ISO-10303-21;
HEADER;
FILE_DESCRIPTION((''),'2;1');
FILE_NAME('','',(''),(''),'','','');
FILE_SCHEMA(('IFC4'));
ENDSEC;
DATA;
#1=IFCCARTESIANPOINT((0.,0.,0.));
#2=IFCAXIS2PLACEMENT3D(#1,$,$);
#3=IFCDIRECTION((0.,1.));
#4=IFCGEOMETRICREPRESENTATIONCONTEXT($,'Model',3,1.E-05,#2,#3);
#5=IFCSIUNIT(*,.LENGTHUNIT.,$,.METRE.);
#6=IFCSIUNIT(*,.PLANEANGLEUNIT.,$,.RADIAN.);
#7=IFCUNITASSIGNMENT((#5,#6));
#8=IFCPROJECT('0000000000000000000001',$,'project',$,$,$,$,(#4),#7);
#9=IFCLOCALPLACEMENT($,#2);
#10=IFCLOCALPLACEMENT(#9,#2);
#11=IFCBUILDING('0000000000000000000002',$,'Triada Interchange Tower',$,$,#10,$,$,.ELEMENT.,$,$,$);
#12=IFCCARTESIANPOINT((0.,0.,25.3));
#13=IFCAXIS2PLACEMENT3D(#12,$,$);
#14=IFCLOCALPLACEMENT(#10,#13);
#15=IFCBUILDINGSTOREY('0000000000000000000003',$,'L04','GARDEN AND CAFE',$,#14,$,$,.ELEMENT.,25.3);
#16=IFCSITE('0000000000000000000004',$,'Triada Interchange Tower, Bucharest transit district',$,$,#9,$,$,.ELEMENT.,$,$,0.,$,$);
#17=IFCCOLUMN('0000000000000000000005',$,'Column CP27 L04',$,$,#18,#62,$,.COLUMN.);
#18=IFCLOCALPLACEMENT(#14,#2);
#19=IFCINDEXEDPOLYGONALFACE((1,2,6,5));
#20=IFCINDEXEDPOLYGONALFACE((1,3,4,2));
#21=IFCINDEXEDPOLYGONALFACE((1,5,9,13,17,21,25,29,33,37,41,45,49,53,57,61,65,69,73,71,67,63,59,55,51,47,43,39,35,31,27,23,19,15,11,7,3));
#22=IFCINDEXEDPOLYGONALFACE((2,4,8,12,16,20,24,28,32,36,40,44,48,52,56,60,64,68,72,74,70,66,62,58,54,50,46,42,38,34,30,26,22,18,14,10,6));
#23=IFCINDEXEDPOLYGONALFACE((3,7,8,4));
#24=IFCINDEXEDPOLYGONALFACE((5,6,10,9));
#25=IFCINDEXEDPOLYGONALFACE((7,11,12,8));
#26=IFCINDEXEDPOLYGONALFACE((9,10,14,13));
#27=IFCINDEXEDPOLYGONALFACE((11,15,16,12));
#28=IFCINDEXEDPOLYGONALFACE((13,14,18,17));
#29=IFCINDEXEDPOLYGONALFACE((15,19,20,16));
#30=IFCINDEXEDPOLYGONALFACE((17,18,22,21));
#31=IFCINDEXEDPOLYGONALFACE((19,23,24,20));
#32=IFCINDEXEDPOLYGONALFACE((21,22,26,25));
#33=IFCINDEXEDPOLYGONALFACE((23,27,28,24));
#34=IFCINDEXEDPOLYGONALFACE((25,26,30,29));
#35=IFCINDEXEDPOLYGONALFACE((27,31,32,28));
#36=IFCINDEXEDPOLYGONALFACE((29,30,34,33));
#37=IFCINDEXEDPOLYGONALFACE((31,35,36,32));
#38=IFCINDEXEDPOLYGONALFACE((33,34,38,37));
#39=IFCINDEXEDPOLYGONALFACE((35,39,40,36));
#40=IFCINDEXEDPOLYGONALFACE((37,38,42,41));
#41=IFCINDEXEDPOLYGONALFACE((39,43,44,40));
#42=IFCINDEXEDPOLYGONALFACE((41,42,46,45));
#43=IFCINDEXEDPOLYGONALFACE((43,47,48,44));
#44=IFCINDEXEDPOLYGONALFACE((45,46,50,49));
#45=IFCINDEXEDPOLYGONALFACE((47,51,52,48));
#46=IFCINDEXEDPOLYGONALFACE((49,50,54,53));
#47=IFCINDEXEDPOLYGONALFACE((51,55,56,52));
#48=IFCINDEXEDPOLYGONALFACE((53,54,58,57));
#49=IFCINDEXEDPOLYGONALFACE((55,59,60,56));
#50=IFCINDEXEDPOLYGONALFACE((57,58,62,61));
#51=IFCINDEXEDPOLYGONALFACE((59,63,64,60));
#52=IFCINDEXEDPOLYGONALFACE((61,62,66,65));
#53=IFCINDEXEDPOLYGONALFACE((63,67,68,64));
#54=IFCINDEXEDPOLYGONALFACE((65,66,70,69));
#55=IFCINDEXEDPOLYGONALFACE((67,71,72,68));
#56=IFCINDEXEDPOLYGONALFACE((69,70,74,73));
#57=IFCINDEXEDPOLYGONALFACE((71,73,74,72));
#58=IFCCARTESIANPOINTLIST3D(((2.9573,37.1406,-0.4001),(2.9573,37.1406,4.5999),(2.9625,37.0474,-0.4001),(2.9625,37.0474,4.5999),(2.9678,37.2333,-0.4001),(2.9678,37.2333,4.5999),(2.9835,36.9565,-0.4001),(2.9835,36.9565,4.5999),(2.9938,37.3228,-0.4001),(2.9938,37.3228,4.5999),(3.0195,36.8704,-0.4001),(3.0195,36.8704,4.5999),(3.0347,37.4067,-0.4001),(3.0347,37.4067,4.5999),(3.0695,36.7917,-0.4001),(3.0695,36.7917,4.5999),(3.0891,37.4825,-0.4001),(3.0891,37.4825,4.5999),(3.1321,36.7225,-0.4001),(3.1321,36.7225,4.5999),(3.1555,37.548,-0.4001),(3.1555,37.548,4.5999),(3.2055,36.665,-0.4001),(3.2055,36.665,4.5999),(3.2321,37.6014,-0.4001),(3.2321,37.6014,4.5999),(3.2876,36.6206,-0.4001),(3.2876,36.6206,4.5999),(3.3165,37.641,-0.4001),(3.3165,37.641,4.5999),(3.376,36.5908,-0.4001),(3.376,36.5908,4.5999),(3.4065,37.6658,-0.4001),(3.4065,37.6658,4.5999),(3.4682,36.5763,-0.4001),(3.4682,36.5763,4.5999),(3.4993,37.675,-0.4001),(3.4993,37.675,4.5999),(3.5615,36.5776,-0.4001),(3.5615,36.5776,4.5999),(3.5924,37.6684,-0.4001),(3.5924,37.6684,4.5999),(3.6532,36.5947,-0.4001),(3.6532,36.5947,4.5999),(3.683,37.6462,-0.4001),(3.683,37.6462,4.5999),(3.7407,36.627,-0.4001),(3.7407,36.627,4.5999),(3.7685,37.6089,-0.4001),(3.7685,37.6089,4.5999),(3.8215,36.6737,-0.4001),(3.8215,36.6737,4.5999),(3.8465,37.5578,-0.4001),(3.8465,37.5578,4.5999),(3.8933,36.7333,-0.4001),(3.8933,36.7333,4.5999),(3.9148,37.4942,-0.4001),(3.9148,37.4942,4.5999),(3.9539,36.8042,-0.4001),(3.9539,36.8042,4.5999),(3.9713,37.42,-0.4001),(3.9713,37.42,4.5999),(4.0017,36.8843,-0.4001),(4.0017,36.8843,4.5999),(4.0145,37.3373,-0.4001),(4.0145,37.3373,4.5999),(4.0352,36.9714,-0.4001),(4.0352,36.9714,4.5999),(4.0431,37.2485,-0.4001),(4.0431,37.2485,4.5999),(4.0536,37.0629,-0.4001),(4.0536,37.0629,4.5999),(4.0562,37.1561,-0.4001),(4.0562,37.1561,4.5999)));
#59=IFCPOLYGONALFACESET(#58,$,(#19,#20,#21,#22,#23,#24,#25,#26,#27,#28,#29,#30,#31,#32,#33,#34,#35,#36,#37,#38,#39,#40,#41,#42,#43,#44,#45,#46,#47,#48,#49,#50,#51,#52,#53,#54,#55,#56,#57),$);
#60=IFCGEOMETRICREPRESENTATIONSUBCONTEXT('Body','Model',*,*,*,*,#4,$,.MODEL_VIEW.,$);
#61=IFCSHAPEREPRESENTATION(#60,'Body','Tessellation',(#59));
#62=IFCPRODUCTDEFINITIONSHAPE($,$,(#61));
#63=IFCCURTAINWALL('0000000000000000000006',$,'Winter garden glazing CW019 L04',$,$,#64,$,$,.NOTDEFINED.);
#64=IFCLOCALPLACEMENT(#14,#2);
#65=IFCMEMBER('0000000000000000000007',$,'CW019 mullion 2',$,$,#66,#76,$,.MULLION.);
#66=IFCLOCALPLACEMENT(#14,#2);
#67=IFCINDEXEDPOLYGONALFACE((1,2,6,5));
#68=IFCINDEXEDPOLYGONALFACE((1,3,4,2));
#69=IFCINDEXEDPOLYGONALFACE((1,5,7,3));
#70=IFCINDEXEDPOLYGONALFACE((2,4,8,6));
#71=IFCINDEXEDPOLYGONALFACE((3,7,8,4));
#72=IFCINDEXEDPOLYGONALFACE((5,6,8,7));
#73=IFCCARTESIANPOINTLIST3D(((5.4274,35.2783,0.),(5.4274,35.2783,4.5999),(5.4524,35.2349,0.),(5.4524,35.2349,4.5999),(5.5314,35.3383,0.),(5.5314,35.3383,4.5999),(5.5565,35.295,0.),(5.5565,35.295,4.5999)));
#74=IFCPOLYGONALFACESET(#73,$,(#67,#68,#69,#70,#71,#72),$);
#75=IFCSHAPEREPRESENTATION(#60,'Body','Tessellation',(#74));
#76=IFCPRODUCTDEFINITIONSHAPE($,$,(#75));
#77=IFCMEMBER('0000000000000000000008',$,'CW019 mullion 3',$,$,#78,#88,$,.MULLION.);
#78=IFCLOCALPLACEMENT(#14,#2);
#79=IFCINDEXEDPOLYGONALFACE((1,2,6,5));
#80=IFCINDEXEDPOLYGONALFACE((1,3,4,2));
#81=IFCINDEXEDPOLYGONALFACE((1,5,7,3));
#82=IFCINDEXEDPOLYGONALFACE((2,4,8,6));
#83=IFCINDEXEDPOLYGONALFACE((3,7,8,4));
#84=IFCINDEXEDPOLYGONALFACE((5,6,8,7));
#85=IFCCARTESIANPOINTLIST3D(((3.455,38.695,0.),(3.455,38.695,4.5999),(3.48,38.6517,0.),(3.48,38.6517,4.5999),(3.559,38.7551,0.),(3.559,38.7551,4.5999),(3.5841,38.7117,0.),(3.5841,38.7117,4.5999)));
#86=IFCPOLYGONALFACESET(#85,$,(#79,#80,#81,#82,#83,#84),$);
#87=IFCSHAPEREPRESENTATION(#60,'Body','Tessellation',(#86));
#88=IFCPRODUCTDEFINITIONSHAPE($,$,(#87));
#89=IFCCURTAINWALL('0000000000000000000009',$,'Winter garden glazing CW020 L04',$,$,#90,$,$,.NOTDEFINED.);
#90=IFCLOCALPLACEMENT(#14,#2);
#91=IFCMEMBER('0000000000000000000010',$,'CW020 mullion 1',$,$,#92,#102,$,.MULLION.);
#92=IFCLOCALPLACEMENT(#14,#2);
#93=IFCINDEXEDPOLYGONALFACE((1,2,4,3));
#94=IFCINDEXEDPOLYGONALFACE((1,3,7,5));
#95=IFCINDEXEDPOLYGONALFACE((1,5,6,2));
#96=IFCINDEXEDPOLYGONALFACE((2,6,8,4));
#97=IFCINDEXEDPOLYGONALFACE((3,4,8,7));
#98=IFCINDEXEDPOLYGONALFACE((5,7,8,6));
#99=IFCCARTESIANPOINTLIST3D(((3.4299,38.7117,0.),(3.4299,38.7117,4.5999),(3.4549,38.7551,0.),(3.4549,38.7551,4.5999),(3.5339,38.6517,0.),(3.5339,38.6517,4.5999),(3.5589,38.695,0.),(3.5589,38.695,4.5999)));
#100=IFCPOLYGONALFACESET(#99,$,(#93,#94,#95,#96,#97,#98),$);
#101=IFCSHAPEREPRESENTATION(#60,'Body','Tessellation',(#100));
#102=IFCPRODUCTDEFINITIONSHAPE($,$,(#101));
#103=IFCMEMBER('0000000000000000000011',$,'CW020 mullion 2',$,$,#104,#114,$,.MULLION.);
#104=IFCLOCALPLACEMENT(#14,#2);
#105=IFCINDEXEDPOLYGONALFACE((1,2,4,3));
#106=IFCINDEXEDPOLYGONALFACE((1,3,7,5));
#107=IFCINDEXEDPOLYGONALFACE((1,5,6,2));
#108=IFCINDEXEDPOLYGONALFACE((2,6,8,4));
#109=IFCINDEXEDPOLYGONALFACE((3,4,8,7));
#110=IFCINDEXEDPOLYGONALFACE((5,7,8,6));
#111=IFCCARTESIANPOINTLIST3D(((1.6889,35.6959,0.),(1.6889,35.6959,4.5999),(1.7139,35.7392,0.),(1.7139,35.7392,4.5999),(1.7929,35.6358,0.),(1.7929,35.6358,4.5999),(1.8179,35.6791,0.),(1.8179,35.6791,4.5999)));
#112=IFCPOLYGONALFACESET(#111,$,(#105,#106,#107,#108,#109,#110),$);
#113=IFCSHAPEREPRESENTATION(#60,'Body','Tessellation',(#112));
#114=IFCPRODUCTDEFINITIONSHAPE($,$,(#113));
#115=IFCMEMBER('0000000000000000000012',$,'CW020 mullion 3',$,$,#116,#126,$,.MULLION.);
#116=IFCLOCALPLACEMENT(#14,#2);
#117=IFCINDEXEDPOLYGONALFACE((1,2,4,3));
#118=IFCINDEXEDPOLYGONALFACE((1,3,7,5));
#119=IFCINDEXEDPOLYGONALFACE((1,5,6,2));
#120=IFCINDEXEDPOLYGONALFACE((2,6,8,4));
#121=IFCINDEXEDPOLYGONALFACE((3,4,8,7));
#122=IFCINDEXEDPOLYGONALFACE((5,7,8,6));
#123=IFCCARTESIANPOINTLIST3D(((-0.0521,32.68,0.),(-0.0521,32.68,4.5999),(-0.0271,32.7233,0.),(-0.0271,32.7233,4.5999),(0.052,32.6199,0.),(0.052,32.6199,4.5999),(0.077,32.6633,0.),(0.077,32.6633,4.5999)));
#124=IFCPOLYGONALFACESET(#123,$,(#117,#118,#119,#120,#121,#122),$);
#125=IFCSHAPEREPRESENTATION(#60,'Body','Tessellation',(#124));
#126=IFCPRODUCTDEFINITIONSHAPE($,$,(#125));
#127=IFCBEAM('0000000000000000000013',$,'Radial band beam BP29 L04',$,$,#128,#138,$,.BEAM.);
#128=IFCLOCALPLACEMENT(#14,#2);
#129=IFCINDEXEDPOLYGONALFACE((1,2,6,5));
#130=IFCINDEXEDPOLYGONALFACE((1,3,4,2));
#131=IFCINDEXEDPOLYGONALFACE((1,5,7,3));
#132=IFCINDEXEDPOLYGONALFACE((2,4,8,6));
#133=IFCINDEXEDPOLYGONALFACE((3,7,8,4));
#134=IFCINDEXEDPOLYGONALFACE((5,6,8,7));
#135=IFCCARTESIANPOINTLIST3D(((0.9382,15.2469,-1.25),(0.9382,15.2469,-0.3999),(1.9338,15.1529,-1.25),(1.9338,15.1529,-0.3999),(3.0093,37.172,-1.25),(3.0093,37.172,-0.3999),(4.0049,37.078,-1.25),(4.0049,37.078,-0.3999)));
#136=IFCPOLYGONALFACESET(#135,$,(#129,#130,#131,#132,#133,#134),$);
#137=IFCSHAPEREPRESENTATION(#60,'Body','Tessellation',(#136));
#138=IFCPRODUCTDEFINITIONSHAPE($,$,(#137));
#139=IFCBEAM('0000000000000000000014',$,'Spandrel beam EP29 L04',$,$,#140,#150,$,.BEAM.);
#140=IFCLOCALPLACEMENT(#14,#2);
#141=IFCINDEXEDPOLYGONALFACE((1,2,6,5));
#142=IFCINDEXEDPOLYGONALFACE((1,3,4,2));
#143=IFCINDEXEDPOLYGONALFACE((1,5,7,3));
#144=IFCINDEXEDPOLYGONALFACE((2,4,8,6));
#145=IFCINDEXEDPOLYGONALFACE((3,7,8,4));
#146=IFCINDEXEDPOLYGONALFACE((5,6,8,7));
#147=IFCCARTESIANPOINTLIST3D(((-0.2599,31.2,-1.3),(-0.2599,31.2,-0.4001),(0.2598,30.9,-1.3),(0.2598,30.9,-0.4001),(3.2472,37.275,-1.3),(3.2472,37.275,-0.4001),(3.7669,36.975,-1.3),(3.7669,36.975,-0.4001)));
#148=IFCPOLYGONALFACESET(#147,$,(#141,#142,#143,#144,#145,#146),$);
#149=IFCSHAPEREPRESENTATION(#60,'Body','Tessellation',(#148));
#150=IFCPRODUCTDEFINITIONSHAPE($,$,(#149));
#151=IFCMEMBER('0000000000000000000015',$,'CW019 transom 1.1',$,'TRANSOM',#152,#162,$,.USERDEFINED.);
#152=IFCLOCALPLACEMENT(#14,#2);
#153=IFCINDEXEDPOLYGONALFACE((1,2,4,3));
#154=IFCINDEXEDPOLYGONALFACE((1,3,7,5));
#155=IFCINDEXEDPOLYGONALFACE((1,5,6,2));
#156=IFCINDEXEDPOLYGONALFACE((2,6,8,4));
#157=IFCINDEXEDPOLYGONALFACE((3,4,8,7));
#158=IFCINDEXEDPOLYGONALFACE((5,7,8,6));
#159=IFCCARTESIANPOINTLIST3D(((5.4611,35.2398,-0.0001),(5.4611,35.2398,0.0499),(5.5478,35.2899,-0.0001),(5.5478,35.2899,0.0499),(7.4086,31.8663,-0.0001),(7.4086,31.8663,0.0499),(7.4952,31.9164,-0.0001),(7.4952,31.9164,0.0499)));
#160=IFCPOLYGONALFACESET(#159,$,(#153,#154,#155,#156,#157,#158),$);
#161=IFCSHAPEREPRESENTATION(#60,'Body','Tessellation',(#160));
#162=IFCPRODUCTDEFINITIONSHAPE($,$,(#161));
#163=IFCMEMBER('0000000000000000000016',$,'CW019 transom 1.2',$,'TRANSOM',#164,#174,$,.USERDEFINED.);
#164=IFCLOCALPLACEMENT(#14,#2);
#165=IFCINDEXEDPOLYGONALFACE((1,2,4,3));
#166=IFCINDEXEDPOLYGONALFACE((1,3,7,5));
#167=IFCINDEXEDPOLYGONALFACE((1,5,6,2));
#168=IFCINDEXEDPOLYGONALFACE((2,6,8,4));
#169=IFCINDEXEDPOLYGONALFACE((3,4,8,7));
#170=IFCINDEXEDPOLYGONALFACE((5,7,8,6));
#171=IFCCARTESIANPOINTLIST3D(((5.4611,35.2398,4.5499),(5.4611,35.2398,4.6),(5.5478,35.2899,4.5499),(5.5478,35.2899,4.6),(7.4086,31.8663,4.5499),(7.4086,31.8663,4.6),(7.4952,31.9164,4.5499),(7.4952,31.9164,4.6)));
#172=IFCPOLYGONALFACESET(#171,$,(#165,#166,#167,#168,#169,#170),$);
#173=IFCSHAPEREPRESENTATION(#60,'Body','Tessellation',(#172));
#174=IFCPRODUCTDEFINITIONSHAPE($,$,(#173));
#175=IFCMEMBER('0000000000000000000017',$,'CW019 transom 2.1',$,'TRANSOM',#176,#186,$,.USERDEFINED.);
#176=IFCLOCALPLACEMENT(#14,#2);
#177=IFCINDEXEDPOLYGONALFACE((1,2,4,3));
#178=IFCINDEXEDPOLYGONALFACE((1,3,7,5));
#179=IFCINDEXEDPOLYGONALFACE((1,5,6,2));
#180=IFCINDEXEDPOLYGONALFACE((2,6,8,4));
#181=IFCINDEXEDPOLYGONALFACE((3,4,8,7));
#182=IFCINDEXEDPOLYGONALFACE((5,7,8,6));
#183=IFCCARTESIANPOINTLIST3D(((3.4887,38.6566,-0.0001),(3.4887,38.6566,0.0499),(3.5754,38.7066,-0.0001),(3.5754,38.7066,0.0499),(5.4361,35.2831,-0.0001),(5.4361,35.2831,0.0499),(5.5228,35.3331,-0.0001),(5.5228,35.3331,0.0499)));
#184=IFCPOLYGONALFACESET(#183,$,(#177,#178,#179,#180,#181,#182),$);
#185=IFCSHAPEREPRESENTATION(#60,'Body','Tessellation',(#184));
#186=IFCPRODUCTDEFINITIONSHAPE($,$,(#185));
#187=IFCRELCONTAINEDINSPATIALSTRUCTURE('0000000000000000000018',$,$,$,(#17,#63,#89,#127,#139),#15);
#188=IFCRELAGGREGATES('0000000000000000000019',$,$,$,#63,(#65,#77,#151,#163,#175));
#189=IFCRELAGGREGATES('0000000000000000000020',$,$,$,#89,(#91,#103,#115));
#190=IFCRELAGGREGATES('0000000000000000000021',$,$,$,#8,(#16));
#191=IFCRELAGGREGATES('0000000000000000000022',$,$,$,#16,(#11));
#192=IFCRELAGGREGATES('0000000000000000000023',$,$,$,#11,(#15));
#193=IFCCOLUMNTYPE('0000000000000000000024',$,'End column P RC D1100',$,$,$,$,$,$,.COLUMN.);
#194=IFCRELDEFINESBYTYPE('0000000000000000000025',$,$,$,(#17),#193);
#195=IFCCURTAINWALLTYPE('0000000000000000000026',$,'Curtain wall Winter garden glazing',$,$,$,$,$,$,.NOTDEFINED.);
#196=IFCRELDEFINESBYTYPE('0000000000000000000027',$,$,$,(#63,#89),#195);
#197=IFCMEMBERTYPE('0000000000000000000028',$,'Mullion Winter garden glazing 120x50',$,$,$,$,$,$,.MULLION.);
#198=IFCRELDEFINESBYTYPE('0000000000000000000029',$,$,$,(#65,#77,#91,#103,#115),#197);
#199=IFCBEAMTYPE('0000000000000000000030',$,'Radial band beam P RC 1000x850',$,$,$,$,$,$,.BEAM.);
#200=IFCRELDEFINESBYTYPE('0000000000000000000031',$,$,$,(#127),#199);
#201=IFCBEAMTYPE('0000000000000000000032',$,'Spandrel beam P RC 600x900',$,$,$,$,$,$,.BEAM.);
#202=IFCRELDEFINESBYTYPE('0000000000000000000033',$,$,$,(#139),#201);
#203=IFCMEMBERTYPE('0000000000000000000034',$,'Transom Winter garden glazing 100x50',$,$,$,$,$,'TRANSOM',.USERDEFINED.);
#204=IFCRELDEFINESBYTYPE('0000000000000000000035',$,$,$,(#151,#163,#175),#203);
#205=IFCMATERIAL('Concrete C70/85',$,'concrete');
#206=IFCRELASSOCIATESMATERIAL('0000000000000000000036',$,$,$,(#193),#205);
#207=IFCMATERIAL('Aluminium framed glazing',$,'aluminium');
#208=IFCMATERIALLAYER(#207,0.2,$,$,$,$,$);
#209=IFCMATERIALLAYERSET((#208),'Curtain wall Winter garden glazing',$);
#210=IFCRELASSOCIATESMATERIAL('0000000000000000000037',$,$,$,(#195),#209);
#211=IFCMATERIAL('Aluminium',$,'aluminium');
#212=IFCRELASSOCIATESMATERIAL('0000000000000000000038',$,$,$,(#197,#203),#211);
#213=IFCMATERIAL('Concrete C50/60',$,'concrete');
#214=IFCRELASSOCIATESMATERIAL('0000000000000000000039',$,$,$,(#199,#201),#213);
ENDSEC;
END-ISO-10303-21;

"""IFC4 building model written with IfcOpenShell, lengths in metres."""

from ifc_helpers import new_model, si_unit, direction, frame, origin, origin_2d, place, context, subcontext, project, spatial, rectangle, circle, extrude, material, layer, layer_set, material_profile, profile_set, type_object, element, aggregate, save


model = new_model("IFC4")

# Units and contexts
model_context = context("Model", 3, precision=1e-05, world=origin(), true_north=direction((0.0, 1.0)))
body_context = subcontext(model_context, "Body", "Model", "MODEL_VIEW")
ifc_project = project(units=[si_unit("LENGTHUNIT", "METRE"), si_unit("PLANEANGLEUNIT", "RADIAN")], contexts=[model_context])

# Site, building, storey
site_placement = place(None, origin())
site = spatial("IfcSite", under=ifc_project, at=site_placement, Name="Triada Interchange Tower, Bucharest transit district", CompositionType="ELEMENT", RefElevation=0.0)
building_placement = place(site_placement, origin())
building = spatial("IfcBuilding", under=site, at=building_placement, Name="Triada Interchange Tower", CompositionType="ELEMENT")
storey_placement = place(building_placement, frame((0.0, 0.0, 25.3)))
storey = spatial("IfcBuildingStorey", under=building, at=storey_placement, Name="L04", Description="GARDEN AND CAFE", CompositionType="ELEMENT", Elevation=25.3)

# Column
ifc_material_1 = material(Name="Concrete C70/85", Category="concrete")
ifc_material_profile_1 = material_profile(ifc_material_1, circle(Radius=0.55, at=origin_2d()), Name="RC D1100")
ifc_profile_set_1 = profile_set([ifc_material_profile_1], Name="Concrete C70/85")
column_type = type_object("IfcColumnType", Name="End column P RC D1100", PredefinedType="COLUMN", material=ifc_profile_set_1)
column_placement = place(storey_placement, frame((3.5071, 37.125, -0.4001), z_axis=(0.0, 0.0, 1.0), x_axis=(-0.5, 0.866025, 0.0)))
element("IfcColumn", 1, at=column_placement, inside=storey, type_object=column_type, Name="Column CP27 L04", PredefinedType="COLUMN", context=body_context, shape_type="SweptSolid", body=[
    extrude(circle(Radius=0.55, at=origin_2d()), origin(), (0.0, 0.0, 1.0), 5.0),
])

# Curtain walls, members
ifc_material_2 = material(Name="Aluminium framed glazing", Category="aluminium")
ifc_layer_1 = layer(ifc_material_2, 0.2)
ifc_layer_set_1 = layer_set([ifc_layer_1], Name="Curtain wall Winter garden glazing")
curtain_wall_type = type_object("IfcCurtainWallType", Name="Curtain wall Winter garden glazing", PredefinedType="NOTDEFINED", material=ifc_layer_set_1)
curtain_wall_1_placement = place(storey_placement, origin())
curtain_wall_1 = element("IfcCurtainWall", 2, at=curtain_wall_1_placement, inside=storey, type_object=curtain_wall_type, Name="Winter garden glazing CW019 L04", PredefinedType="NOTDEFINED")
ifc_material_3 = material(Name="Aluminium", Category="aluminium")
ifc_material_profile_2 = material_profile(ifc_material_3, rectangle(XDim=0.1201, YDim=0.05, at=origin_2d()), Name="Aluminium mullion")
ifc_profile_set_2 = profile_set([ifc_material_profile_2], Name="Aluminium")
member_type_1 = type_object("IfcMemberType", Name="Mullion Winter garden glazing 120x50", PredefinedType="MULLION", material=ifc_profile_set_2)
member_1_placement = place(storey_placement, frame((5.4919, 35.2866, 0.0), z_axis=(0.0, 0.0, 1.0), x_axis=(-0.866049, -0.499959, 0.0)))
member_1 = element("IfcMember", 3, at=member_1_placement, type_object=member_type_1, Name="CW019 mullion 2", PredefinedType="MULLION", context=body_context, shape_type="SweptSolid", body=[
    extrude(rectangle(XDim=0.1201, YDim=0.05, at=origin_2d()), origin(), (0.0, 0.0, 1.0), 4.5999),
])
member_2_placement = place(storey_placement, frame((3.5195, 38.7034, 0.0), z_axis=(0.0, 0.0, 1.0), x_axis=(-0.866049, -0.499959, 0.0)))
member_2 = element("IfcMember", 4, at=member_2_placement, type_object=member_type_1, Name="CW019 mullion 3", PredefinedType="MULLION", context=body_context, shape_type="SweptSolid", body=[
    extrude(rectangle(XDim=0.1201, YDim=0.05, at=origin_2d()), origin(), (0.0, 0.0, 1.0), 4.5999),
])
curtain_wall_2_placement = place(storey_placement, origin())
curtain_wall_2 = element("IfcCurtainWall", 5, at=curtain_wall_2_placement, inside=storey, type_object=curtain_wall_type, Name="Winter garden glazing CW020 L04", PredefinedType="NOTDEFINED")
member_3_placement = place(storey_placement, frame((3.4944, 38.7034, 0.0), z_axis=(0.0, 0.0, 1.0), x_axis=(0.86605, -0.499957, 0.0)))
member_3 = element("IfcMember", 6, at=member_3_placement, type_object=member_type_1, Name="CW020 mullion 1", PredefinedType="MULLION", context=body_context, shape_type="SweptSolid", body=[
    extrude(rectangle(XDim=0.1201, YDim=0.05, at=origin_2d()), origin(), (0.0, 0.0, 1.0), 4.5999),
])
member_4_placement = place(storey_placement, frame((1.7534, 35.6875, 0.0), z_axis=(0.0, 0.0, 1.0), x_axis=(0.86605, -0.499957, 0.0)))
member_4 = element("IfcMember", 7, at=member_4_placement, type_object=member_type_1, Name="CW020 mullion 2", PredefinedType="MULLION", context=body_context, shape_type="SweptSolid", body=[
    extrude(rectangle(XDim=0.1201, YDim=0.05, at=origin_2d()), origin(), (0.0, 0.0, 1.0), 4.5999),
])
member_5_placement = place(storey_placement, frame((0.0125, 32.6716, 0.0), z_axis=(0.0, 0.0, 1.0), x_axis=(0.86605, -0.499957, 0.0)))
member_5 = element("IfcMember", 8, at=member_5_placement, type_object=member_type_1, Name="CW020 mullion 3", PredefinedType="MULLION", context=body_context, shape_type="SweptSolid", body=[
    extrude(rectangle(XDim=0.1201, YDim=0.05, at=origin_2d()), origin(), (0.0, 0.0, 1.0), 4.5999),
])

# Beams
ifc_material_4 = material(Name="Concrete C50/60", Category="concrete")
ifc_material_profile_3 = material_profile(ifc_material_4, rectangle(XDim=1.0, YDim=0.8501, at=origin_2d()), Name="RC 1000x850")
ifc_profile_set_3 = profile_set([ifc_material_profile_3], Name="Concrete C50/60")
beam_type_1 = type_object("IfcBeamType", Name="Radial band beam P RC 1000x850", PredefinedType="BEAM", material=ifc_profile_set_3)
beam_1_placement = place(storey_placement, frame((3.5071, 37.125, -0.825), z_axis=(-0.094042, -0.995568, 0.0), x_axis=(0.995568, -0.094042, 0.0)))
element("IfcBeam", 9, at=beam_1_placement, inside=storey, type_object=beam_type_1, Name="Radial band beam BP29 L04", PredefinedType="BEAM", context=body_context, shape_type="SweptSolid", body=[
    extrude(rectangle(XDim=1.0, YDim=0.8501, at=origin_2d()), origin(), (0.0, 0.0, 1.0), 22.0227),
])
ifc_material_profile_4 = material_profile(ifc_material_4, rectangle(XDim=0.6001, YDim=0.8999, at=origin_2d()), Name="RC 600x900")
ifc_profile_set_4 = profile_set([ifc_material_profile_4], Name="Concrete C50/60")
beam_type_2 = type_object("IfcBeamType", Name="Spandrel beam P RC 600x900", PredefinedType="BEAM", material=ifc_profile_set_4)
beam_2_placement = place(storey_placement, frame((3.5071, 37.125, -0.8501), z_axis=(-0.499968, -0.866044, 0.0), x_axis=(0.866044, -0.499968, 0.0)))
element("IfcBeam", 10, at=beam_2_placement, inside=storey, type_object=beam_type_2, Name="Spandrel beam EP29 L04", PredefinedType="BEAM", context=body_context, shape_type="SweptSolid", body=[
    extrude(rectangle(XDim=0.6001, YDim=0.8999, at=origin_2d()), origin(), (0.0, 0.0, 1.0), 7.0146),
])

# Members
ifc_material_profile_5 = material_profile(ifc_material_3, rectangle(XDim=0.1001, YDim=0.05, at=origin_2d()), Name="Aluminium transom")
ifc_profile_set_5 = profile_set([ifc_material_profile_5], Name="Aluminium")
member_type_2 = type_object("IfcMemberType", Name="Transom Winter garden glazing 100x50", ElementType="TRANSOM", PredefinedType="USERDEFINED", material=ifc_profile_set_5)
member_6_placement = place(storey_placement, frame((7.4519, 31.8914, 0.0249), z_axis=(-0.499961, 0.866048, 0.0), x_axis=(-0.866048, -0.499961, 0.0)))
member_6 = element("IfcMember", 11, at=member_6_placement, type_object=member_type_2, Name="CW019 transom 1.1", ObjectType="TRANSOM", PredefinedType="USERDEFINED", context=body_context, shape_type="SweptSolid", body=[
    extrude(rectangle(XDim=0.1001, YDim=0.05, at=origin_2d()), origin(), (0.0, 0.0, 1.0), 3.8953),
])
member_7_placement = place(storey_placement, frame((7.4519, 31.8914, 4.575), z_axis=(-0.499961, 0.866048, 0.0), x_axis=(-0.866048, -0.499961, 0.0)))
member_7 = element("IfcMember", 12, at=member_7_placement, type_object=member_type_2, Name="CW019 transom 1.2", ObjectType="TRANSOM", PredefinedType="USERDEFINED", context=body_context, shape_type="SweptSolid", body=[
    extrude(rectangle(XDim=0.1001, YDim=0.05, at=origin_2d()), origin(), (0.0, 0.0, 1.0), 3.8953),
])
member_8_placement = place(storey_placement, frame((5.4795, 35.3081, 0.0249), z_axis=(-0.499961, 0.866048, 0.0), x_axis=(-0.866048, -0.499961, 0.0)))
member_8 = element("IfcMember", 13, at=member_8_placement, type_object=member_type_2, Name="CW019 transom 2.1", ObjectType="TRANSOM", PredefinedType="USERDEFINED", context=body_context, shape_type="SweptSolid", body=[
    extrude(rectangle(XDim=0.1001, YDim=0.05, at=origin_2d()), origin(), (0.0, 0.0, 1.0), 3.8953),
])

aggregate(curtain_wall_1, [member_1, member_2, member_6, member_7, member_8])
aggregate(curtain_wall_2, [member_3, member_4, member_5])

save(model, "model.ifc")
